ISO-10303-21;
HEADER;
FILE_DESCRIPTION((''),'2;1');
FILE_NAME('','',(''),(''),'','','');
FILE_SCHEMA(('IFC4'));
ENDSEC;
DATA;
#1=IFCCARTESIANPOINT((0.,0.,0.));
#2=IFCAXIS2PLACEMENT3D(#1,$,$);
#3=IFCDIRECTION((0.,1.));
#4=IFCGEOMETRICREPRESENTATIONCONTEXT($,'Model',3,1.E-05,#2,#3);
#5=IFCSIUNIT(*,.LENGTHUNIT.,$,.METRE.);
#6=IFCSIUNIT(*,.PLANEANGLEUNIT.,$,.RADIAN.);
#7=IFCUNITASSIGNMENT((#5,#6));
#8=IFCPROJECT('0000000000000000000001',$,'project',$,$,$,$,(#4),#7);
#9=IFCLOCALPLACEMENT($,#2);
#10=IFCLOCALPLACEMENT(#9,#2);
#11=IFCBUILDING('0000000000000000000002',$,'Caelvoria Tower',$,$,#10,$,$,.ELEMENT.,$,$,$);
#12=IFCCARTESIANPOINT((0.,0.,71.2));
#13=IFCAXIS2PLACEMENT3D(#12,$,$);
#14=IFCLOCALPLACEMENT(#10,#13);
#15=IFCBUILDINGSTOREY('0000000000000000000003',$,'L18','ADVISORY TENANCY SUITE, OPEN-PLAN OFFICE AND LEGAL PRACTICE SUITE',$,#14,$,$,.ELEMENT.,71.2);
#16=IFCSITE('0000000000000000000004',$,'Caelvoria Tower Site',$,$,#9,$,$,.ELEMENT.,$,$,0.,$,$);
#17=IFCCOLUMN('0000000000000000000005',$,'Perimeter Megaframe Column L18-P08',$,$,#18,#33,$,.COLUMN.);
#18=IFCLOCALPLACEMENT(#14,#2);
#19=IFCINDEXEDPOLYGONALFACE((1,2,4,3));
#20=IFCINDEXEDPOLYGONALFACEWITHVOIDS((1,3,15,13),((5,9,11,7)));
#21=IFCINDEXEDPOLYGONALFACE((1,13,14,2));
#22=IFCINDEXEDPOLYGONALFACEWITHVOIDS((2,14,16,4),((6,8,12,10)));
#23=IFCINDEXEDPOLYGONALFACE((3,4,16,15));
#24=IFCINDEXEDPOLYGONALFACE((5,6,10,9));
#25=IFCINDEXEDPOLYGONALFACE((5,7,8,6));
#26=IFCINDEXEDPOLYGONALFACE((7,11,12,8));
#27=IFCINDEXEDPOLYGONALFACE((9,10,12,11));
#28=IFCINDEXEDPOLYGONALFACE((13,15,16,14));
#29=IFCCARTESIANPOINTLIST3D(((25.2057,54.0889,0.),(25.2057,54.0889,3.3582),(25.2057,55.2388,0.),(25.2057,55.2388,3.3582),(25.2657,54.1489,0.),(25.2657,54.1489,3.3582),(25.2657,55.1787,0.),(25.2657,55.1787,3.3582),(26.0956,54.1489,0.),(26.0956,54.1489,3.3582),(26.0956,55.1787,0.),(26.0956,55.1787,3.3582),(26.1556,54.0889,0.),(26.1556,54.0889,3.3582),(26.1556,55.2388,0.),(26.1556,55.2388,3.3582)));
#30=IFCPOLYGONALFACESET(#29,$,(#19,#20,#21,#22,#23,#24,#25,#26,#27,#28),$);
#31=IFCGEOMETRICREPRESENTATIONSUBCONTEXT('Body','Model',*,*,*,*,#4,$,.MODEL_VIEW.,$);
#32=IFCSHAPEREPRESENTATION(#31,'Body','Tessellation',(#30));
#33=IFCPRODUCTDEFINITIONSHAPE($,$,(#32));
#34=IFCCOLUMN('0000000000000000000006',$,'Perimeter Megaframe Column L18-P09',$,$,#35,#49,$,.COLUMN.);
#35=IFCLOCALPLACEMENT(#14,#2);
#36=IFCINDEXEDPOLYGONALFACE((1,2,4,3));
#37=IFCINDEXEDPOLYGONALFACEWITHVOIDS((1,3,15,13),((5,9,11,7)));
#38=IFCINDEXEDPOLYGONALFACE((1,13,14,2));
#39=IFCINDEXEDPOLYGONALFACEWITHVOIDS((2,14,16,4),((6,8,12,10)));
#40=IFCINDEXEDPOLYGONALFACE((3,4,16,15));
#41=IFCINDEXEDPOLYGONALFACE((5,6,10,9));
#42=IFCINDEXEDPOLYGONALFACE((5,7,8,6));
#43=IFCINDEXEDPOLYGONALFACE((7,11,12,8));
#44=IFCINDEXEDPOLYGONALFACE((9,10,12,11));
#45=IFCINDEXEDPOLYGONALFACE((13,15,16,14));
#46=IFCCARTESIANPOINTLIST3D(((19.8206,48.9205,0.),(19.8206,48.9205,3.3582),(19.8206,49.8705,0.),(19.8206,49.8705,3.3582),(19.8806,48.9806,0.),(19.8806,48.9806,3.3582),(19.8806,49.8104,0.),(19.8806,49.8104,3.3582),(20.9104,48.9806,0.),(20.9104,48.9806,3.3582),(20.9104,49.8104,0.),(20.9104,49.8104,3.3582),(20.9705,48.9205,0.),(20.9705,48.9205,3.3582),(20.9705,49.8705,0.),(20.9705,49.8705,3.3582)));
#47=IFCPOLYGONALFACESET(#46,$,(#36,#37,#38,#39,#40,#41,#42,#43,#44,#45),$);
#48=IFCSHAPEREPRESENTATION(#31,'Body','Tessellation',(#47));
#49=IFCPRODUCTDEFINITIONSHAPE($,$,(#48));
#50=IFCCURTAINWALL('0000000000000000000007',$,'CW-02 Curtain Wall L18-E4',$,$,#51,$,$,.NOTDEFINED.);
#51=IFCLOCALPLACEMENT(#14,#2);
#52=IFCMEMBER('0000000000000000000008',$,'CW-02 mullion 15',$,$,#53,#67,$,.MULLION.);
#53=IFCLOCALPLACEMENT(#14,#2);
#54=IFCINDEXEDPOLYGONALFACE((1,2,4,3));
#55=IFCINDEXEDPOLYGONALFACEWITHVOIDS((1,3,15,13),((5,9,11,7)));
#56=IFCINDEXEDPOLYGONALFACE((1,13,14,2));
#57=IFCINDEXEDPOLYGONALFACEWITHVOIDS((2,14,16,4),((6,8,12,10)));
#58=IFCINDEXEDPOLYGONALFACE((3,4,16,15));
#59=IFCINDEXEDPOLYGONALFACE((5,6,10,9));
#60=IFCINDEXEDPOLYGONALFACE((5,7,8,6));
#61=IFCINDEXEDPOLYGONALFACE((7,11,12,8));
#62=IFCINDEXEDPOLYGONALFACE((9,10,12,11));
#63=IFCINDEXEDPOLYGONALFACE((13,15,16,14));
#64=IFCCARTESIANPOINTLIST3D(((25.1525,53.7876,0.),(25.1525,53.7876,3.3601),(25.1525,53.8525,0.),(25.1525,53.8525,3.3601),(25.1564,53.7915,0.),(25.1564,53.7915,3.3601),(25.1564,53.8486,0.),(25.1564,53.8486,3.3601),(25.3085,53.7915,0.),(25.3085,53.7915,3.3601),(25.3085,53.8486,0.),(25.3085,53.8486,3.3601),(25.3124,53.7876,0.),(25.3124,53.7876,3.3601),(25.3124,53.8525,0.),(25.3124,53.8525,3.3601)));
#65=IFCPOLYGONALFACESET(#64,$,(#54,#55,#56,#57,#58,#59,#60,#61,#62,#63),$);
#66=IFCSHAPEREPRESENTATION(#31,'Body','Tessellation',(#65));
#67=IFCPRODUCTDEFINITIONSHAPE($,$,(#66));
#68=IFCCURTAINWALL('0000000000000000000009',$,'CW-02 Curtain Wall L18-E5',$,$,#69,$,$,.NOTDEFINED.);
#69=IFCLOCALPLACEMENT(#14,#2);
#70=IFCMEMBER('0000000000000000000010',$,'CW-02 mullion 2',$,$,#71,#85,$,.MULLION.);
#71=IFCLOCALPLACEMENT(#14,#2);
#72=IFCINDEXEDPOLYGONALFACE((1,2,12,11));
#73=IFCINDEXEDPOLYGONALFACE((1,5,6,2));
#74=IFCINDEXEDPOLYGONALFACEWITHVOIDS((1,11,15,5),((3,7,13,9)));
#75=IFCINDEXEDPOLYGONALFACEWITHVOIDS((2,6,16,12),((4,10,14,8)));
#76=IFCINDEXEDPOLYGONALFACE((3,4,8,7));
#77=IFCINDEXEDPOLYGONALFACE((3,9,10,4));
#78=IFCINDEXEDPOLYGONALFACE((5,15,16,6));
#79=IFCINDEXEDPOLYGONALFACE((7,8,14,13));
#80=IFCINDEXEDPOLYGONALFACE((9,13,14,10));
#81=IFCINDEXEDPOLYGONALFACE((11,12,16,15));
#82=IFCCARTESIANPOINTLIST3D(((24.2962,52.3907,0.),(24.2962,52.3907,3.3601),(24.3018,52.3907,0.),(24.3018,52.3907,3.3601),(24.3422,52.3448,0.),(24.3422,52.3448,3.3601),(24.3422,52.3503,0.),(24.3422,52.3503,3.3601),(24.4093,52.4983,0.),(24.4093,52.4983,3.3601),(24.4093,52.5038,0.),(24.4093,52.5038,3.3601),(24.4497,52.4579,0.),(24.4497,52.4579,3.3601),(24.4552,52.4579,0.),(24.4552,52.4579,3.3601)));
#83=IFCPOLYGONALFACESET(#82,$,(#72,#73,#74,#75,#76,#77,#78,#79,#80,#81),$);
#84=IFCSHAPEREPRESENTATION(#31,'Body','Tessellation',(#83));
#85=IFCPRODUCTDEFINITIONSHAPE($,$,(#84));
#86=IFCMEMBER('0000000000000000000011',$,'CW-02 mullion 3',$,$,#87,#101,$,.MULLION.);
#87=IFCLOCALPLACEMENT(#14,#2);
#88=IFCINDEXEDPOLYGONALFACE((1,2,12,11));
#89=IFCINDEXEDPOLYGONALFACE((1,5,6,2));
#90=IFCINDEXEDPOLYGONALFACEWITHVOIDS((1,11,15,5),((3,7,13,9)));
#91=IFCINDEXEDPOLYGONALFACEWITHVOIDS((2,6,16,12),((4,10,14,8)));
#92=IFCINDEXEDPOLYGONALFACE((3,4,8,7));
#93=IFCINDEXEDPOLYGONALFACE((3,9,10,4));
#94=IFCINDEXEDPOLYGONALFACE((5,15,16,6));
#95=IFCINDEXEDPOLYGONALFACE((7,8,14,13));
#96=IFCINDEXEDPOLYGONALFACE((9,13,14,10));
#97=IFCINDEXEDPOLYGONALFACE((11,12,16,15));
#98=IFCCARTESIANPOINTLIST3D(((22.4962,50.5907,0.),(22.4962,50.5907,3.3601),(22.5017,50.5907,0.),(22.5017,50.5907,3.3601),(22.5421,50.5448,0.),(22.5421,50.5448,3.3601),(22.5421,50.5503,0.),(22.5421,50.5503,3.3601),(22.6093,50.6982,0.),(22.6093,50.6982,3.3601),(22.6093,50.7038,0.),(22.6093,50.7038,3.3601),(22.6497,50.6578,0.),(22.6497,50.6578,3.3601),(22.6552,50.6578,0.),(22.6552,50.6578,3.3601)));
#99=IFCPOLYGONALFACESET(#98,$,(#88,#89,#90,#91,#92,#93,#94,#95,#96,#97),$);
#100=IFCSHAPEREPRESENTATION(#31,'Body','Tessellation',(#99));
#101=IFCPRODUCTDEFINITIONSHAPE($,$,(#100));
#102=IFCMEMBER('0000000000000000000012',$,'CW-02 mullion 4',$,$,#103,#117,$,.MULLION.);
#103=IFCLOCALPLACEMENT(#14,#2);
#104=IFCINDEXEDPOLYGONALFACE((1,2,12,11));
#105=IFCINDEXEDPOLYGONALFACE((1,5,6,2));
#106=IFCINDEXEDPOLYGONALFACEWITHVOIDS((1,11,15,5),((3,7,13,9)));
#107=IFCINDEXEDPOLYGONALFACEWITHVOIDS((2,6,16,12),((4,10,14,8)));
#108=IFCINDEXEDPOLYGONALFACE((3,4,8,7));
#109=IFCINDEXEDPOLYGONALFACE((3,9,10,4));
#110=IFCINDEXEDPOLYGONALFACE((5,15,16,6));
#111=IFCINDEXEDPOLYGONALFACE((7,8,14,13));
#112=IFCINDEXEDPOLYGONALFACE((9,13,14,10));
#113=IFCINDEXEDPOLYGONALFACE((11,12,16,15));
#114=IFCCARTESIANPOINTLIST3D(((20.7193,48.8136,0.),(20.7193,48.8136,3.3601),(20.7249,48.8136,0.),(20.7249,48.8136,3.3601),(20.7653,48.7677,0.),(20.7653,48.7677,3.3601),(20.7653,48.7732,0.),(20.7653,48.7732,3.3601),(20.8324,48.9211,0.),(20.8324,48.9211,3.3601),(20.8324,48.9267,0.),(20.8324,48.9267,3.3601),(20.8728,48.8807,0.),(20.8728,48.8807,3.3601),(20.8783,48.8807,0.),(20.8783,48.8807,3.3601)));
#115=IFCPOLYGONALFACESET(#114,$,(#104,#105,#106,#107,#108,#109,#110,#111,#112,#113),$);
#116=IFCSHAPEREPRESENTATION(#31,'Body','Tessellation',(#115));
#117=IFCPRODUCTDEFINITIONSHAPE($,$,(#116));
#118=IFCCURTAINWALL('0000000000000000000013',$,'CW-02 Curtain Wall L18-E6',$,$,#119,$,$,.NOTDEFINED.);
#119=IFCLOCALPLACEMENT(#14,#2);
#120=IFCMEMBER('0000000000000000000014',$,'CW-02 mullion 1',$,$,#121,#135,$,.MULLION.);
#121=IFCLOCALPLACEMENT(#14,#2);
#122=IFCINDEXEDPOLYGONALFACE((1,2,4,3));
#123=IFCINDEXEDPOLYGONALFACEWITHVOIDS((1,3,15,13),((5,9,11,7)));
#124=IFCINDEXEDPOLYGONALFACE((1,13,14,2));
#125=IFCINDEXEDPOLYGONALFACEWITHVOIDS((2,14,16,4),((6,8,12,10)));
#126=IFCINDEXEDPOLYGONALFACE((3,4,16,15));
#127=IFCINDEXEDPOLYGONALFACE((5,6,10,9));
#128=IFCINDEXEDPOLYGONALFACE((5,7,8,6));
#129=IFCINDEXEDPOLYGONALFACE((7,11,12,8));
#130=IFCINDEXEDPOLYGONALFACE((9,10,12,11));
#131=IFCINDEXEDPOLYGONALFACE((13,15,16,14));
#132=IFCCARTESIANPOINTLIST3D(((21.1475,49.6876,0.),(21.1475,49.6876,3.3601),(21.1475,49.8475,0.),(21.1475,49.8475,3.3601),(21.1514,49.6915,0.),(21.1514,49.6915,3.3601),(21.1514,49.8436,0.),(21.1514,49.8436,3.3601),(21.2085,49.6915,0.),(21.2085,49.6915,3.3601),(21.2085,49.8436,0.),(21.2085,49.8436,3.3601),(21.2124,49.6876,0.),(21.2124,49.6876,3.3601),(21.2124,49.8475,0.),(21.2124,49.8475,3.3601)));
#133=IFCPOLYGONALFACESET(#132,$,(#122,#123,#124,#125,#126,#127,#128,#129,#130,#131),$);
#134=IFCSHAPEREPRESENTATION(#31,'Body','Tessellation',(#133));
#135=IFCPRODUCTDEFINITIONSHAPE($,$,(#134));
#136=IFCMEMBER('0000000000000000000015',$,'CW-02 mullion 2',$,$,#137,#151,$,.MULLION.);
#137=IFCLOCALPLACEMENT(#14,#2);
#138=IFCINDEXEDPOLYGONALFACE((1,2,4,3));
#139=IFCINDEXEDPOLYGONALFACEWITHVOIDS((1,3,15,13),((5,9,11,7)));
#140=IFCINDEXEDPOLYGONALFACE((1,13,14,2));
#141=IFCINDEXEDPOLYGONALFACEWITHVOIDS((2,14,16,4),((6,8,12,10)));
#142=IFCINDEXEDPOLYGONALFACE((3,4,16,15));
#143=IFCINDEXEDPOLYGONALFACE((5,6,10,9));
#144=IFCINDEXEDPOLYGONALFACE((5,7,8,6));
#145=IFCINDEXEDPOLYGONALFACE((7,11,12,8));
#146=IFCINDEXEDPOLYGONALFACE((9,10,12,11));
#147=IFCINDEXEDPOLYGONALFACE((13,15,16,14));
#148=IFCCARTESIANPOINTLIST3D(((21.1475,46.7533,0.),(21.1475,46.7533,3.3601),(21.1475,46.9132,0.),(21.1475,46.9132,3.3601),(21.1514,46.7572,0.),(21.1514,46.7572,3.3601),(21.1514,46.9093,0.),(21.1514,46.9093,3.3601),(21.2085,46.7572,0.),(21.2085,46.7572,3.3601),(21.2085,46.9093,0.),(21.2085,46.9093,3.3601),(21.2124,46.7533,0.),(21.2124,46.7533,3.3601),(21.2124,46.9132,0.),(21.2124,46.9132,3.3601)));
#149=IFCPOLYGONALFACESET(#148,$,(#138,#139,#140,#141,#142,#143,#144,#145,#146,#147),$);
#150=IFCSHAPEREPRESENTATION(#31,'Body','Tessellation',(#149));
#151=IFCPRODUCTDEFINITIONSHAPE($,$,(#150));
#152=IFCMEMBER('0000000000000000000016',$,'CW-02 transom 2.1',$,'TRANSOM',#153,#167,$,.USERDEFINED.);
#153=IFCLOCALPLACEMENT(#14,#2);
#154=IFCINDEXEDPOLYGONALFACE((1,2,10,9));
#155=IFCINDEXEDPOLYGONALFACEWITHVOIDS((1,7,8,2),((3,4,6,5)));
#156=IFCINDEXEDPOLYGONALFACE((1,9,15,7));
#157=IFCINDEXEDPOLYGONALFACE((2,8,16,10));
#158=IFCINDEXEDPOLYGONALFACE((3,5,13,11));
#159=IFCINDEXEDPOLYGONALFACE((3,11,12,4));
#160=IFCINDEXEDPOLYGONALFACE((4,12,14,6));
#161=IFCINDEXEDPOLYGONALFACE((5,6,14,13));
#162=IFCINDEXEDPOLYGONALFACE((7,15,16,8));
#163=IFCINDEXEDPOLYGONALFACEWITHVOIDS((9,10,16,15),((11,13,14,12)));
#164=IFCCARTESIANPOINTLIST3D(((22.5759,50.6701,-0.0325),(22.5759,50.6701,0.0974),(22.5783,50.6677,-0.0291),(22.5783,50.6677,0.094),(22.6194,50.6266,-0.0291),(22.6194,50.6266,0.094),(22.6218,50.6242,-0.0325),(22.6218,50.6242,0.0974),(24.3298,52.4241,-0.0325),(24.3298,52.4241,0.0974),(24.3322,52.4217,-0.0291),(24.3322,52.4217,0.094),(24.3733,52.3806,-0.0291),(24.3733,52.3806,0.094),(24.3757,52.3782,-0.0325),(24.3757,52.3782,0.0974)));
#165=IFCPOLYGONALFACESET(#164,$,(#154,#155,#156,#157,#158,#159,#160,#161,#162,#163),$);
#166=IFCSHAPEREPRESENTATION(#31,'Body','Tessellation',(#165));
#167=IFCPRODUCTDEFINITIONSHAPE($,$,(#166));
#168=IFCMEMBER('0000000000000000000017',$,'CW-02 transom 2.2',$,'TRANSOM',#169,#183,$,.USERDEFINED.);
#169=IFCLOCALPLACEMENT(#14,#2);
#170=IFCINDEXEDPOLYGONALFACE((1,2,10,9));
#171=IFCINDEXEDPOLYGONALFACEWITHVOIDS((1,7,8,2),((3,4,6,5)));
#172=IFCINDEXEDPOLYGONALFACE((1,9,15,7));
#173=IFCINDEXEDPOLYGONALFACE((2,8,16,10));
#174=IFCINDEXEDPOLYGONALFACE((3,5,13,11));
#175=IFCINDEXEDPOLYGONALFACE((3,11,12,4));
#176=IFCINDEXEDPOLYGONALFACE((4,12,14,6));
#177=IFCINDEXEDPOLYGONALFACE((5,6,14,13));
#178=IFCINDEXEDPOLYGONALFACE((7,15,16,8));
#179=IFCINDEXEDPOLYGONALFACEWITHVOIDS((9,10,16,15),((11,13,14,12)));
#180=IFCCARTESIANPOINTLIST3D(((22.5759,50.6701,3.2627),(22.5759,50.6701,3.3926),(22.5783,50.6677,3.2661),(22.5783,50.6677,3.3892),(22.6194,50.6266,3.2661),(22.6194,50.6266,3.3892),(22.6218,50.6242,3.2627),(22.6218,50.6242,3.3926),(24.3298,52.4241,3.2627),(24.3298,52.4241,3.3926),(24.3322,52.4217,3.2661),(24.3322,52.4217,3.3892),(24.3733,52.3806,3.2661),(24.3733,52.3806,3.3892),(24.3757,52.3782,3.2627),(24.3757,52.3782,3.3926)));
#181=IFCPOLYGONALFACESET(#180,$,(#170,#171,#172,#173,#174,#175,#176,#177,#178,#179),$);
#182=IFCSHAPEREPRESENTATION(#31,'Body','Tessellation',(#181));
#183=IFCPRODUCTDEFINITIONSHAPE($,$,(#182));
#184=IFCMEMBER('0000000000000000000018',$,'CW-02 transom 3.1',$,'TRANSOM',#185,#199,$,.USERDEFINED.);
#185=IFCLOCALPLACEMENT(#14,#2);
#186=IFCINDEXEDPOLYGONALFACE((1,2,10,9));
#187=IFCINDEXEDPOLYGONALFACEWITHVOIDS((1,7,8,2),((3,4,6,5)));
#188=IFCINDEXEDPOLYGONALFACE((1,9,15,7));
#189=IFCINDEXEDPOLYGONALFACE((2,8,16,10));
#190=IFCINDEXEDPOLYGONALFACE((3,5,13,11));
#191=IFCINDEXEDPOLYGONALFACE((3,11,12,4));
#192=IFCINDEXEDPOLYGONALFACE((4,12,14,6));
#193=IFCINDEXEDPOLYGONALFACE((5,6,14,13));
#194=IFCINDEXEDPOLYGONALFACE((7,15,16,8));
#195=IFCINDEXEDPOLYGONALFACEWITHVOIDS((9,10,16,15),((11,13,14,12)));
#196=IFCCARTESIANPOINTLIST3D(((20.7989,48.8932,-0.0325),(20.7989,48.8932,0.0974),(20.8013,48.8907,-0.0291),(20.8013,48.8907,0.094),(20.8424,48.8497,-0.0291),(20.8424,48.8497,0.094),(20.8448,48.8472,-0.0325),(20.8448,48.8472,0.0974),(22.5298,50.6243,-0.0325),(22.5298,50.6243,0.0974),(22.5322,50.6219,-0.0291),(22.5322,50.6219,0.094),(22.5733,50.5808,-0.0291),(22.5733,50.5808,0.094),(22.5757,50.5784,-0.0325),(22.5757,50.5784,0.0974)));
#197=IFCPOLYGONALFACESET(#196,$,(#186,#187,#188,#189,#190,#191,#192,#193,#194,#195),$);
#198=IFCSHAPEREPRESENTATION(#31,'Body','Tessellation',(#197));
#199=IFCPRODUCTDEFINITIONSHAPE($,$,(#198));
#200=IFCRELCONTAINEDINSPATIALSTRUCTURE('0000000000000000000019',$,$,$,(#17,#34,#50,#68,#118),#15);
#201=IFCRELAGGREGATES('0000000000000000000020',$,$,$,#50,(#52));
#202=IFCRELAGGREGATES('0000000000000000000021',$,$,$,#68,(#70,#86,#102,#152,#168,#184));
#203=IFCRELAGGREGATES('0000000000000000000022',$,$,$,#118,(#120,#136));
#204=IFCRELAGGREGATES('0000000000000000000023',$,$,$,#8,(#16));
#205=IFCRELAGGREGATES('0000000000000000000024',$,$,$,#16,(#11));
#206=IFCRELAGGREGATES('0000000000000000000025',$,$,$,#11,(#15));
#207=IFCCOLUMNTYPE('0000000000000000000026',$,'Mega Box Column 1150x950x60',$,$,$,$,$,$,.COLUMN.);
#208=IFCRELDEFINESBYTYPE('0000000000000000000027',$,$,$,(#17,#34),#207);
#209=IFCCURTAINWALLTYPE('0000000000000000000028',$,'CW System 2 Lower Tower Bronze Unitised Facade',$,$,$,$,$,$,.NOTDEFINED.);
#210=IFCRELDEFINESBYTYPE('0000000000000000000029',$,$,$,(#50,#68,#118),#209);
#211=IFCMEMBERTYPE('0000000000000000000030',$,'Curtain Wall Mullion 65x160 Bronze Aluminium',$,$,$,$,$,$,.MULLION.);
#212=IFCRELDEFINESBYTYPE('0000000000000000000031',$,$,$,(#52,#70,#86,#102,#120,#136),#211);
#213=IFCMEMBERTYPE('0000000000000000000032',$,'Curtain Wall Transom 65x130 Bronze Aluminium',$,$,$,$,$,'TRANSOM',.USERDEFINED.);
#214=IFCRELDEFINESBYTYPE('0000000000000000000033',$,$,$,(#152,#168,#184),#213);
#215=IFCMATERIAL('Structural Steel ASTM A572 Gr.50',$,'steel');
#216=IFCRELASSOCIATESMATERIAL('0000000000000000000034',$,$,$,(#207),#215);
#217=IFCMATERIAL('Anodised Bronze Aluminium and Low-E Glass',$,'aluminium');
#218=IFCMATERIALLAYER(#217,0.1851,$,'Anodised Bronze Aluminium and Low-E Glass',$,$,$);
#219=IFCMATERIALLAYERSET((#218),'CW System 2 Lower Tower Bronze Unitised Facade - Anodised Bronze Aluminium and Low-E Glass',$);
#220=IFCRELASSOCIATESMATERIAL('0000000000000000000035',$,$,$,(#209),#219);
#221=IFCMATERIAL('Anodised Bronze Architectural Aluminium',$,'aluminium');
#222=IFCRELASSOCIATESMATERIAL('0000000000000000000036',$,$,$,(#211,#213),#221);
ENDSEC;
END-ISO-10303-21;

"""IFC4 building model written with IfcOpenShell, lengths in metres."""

from ifc_helpers import new_model, si_unit, direction, frame, origin, origin_2d, place, context, subcontext, project, spatial, hollow_rectangle, extrude, material, layer, layer_set, material_profile, profile_set, type_object, element, aggregate, save


model = new_model("IFC4")

# Units and contexts
model_context = context("Model", 3, precision=1e-05, world=origin(), true_north=direction((0.0, 1.0)))
body_context = subcontext(model_context, "Body", "Model", "MODEL_VIEW")
ifc_project = project(units=[si_unit("LENGTHUNIT", "METRE"), si_unit("PLANEANGLEUNIT", "RADIAN")], contexts=[model_context])

# Site, building, storey
site_placement = place(None, origin())
site = spatial("IfcSite", under=ifc_project, at=site_placement, Name="Caelvoria Tower Site", CompositionType="ELEMENT", RefElevation=0.0)
building_placement = place(site_placement, origin())
building = spatial("IfcBuilding", under=site, at=building_placement, Name="Caelvoria Tower", CompositionType="ELEMENT")
storey_placement = place(building_placement, frame((0.0, 0.0, 71.2)))
storey = spatial("IfcBuildingStorey", under=building, at=storey_placement, Name="L18", Description="ADVISORY TENANCY SUITE, OPEN-PLAN OFFICE AND LEGAL PRACTICE SUITE", CompositionType="ELEMENT", Elevation=71.2)

# Columns
ifc_material_1 = material(Name="Structural Steel ASTM A572 Gr.50", Category="steel")
ifc_material_profile_1 = material_profile(ifc_material_1, hollow_rectangle(XDim=0.95, YDim=1.1499, WallThickness=0.0601, at=origin_2d()), Name="Structural Steel ASTM A572 Gr.50")
ifc_profile_set_1 = profile_set([ifc_material_profile_1], Name="BOX1150X950X60 - Structural Steel ASTM A572 Gr.50")
column_type = type_object("IfcColumnType", Name="Mega Box Column 1150x950x60", PredefinedType="COLUMN", material=ifc_profile_set_1)
for number, where, z_axis, x_axis, name in (
    (1, (25.6807, 54.6638, 0.0), (0.0, 0.0, 1.0), (1.0, 0.0, 0.0), "Perimeter Megaframe Column L18-P08"),
    (2, (20.3955, 49.3955, 0.0), (0.0, 0.0, 1.0), (0.0, 1.0, 0.0), "Perimeter Megaframe Column L18-P09"),
):
    element("IfcColumn", number, at=place(storey_placement, frame(where, z_axis=z_axis, x_axis=x_axis)), inside=storey, type_object=column_type, Name=name, PredefinedType="COLUMN", context=body_context, shape_type="SweptSolid", body=[
        extrude(hollow_rectangle(XDim=0.95, YDim=1.1499, WallThickness=0.0601, at=origin_2d()), origin(), (0.0, 0.0, 1.0), 3.3582),
    ])

# Curtain wall, member
ifc_material_2 = material(Name="Anodised Bronze Aluminium and Low-E Glass", Category="aluminium")
ifc_layer_1 = layer(ifc_material_2, 0.1851, Name="Anodised Bronze Aluminium and Low-E Glass")
ifc_layer_set_1 = layer_set([ifc_layer_1], Name="CW System 2 Lower Tower Bronze Unitised Facade - Anodised Bronze Aluminium and Low-E Glass")
curtain_wall_type = type_object("IfcCurtainWallType", Name="CW System 2 Lower Tower Bronze Unitised Facade", PredefinedType="NOTDEFINED", material=ifc_layer_set_1)
curtain_wall_1_placement = place(storey_placement, origin())
curtain_wall_1 = element("IfcCurtainWall", 3, at=curtain_wall_1_placement, inside=storey, type_object=curtain_wall_type, Name="CW-02 Curtain Wall L18-E4", PredefinedType="NOTDEFINED")
ifc_material_3 = material(Name="Anodised Bronze Architectural Aluminium", Category="aluminium")
ifc_material_profile_2 = material_profile(ifc_material_3, hollow_rectangle(XDim=0.0649, YDim=0.1599, WallThickness=0.0039, at=origin_2d()), Name="Anodised Bronze Architectural Aluminium")
ifc_profile_set_2 = profile_set([ifc_material_profile_2], Name="CW_MULL_65X160 - Anodised Bronze Architectural Aluminium")
member_type_1 = type_object("IfcMemberType", Name="Curtain Wall Mullion 65x160 Bronze Aluminium", PredefinedType="MULLION", material=ifc_profile_set_2)
member_1_placement = place(storey_placement, frame((25.2324, 53.8201, 0.0), z_axis=(0.0, 0.0, 1.0), x_axis=(0.0, -1.0, 0.0)))
member_1 = element("IfcMember", 4, at=member_1_placement, type_object=member_type_1, Name="CW-02 mullion 15", PredefinedType="MULLION", context=body_context, shape_type="SweptSolid", body=[
    extrude(hollow_rectangle(XDim=0.0649, YDim=0.1599, WallThickness=0.0039, at=origin_2d()), origin(), (0.0, 0.0, 1.0), 3.3601),
])
aggregate(curtain_wall_1, [member_1])

# Curtain walls, members
curtain_wall_2_placement = place(storey_placement, origin())
curtain_wall_2 = element("IfcCurtainWall", 5, at=curtain_wall_2_placement, inside=storey, type_object=curtain_wall_type, Name="CW-02 Curtain Wall L18-E5", PredefinedType="NOTDEFINED")
member_2_placement = place(storey_placement, frame((24.3757, 52.4243, 0.0), z_axis=(0.0, 0.0, 1.0), x_axis=(0.707107, -0.707107, 0.0)))
member_2 = element("IfcMember", 6, at=member_2_placement, type_object=member_type_1, Name="CW-02 mullion 2", PredefinedType="MULLION", context=body_context, shape_type="SweptSolid", body=[
    extrude(hollow_rectangle(XDim=0.0649, YDim=0.1599, WallThickness=0.0039, at=origin_2d()), origin(), (0.0, 0.0, 1.0), 3.3601),
])
member_3_placement = place(storey_placement, frame((22.5757, 50.6243, 0.0), z_axis=(0.0, 0.0, 1.0), x_axis=(0.707107, -0.707107, 0.0)))
member_3 = element("IfcMember", 7, at=member_3_placement, type_object=member_type_1, Name="CW-02 mullion 3", PredefinedType="MULLION", context=body_context, shape_type="SweptSolid", body=[
    extrude(hollow_rectangle(XDim=0.0649, YDim=0.1599, WallThickness=0.0039, at=origin_2d()), origin(), (0.0, 0.0, 1.0), 3.3601),
])
member_4_placement = place(storey_placement, frame((20.7988, 48.8472, 0.0), z_axis=(0.0, 0.0, 1.0), x_axis=(0.707107, -0.707107, 0.0)))
member_4 = element("IfcMember", 8, at=member_4_placement, type_object=member_type_1, Name="CW-02 mullion 4", PredefinedType="MULLION", context=body_context, shape_type="SweptSolid", body=[
    extrude(hollow_rectangle(XDim=0.0649, YDim=0.1599, WallThickness=0.0039, at=origin_2d()), origin(), (0.0, 0.0, 1.0), 3.3601),
])
curtain_wall_3_placement = place(storey_placement, origin())
curtain_wall_3 = element("IfcCurtainWall", 9, at=curtain_wall_3_placement, inside=storey, type_object=curtain_wall_type, Name="CW-02 Curtain Wall L18-E6", PredefinedType="NOTDEFINED")
member_5_placement = place(storey_placement, frame((21.1799, 49.7676, 0.0), z_axis=(0.0, 0.0, 1.0), x_axis=(1.0, 0.0, 0.0)))
member_5 = element("IfcMember", 10, at=member_5_placement, type_object=member_type_1, Name="CW-02 mullion 1", PredefinedType="MULLION", context=body_context, shape_type="SweptSolid", body=[
    extrude(hollow_rectangle(XDim=0.0649, YDim=0.1599, WallThickness=0.0039, at=origin_2d()), origin(), (0.0, 0.0, 1.0), 3.3601),
])
member_6_placement = place(storey_placement, frame((21.1799, 46.8333, 0.0), z_axis=(0.0, 0.0, 1.0), x_axis=(1.0, 0.0, 0.0)))
member_6 = element("IfcMember", 11, at=member_6_placement, type_object=member_type_1, Name="CW-02 mullion 2", PredefinedType="MULLION", context=body_context, shape_type="SweptSolid", body=[
    extrude(hollow_rectangle(XDim=0.0649, YDim=0.1599, WallThickness=0.0039, at=origin_2d()), origin(), (0.0, 0.0, 1.0), 3.3601),
])

# Members
ifc_material_profile_3 = material_profile(ifc_material_3, hollow_rectangle(XDim=0.0649, YDim=0.1299, WallThickness=0.0034, at=origin_2d()), Name="Anodised Bronze Architectural Aluminium")
ifc_profile_set_3 = profile_set([ifc_material_profile_3], Name="CW_TRAN_65X130 - Anodised Bronze Architectural Aluminium")
member_type_2 = type_object("IfcMemberType", Name="Curtain Wall Transom 65x130 Bronze Aluminium", ElementType="TRANSOM", PredefinedType="USERDEFINED", material=ifc_profile_set_3)
member_7_placement = place(storey_placement, frame((24.3528, 52.4011, 0.0325), z_axis=(-0.707107, -0.707107, 0.0), x_axis=(0.707107, -0.707107, 0.0)))
member_7 = element("IfcMember", 12, at=member_7_placement, type_object=member_type_2, Name="CW-02 transom 2.1", ObjectType="TRANSOM", PredefinedType="USERDEFINED", context=body_context, shape_type="SweptSolid", body=[
    extrude(hollow_rectangle(XDim=0.0649, YDim=0.1299, WallThickness=0.0034, at=origin_2d()), origin(), (0.0, 0.0, 1.0), 2.4805),
])
member_8_placement = place(storey_placement, frame((24.3528, 52.4011, 3.3276), z_axis=(-0.707107, -0.707107, 0.0), x_axis=(0.707107, -0.707107, 0.0)))
member_8 = element("IfcMember", 13, at=member_8_placement, type_object=member_type_2, Name="CW-02 transom 2.2", ObjectType="TRANSOM", PredefinedType="USERDEFINED", context=body_context, shape_type="SweptSolid", body=[
    extrude(hollow_rectangle(XDim=0.0649, YDim=0.1299, WallThickness=0.0034, at=origin_2d()), origin(), (0.0, 0.0, 1.0), 2.4805),
])
member_9_placement = place(storey_placement, frame((22.5527, 50.6013, 0.0325), z_axis=(-0.707057, -0.707157, 0.0), x_axis=(0.707157, -0.707057, 0.0)))
member_9 = element("IfcMember", 14, at=member_9_placement, type_object=member_type_2, Name="CW-02 transom 3.1", ObjectType="TRANSOM", PredefinedType="USERDEFINED", context=body_context, shape_type="SweptSolid", body=[
    extrude(hollow_rectangle(XDim=0.0649, YDim=0.1299, WallThickness=0.0034, at=origin_2d()), origin(), (0.0, 0.0, 1.0), 2.448),
])

aggregate(curtain_wall_2, [member_2, member_3, member_4, member_7, member_8, member_9])
aggregate(curtain_wall_3, [member_5, member_6])

save(model, "model.ifc")
